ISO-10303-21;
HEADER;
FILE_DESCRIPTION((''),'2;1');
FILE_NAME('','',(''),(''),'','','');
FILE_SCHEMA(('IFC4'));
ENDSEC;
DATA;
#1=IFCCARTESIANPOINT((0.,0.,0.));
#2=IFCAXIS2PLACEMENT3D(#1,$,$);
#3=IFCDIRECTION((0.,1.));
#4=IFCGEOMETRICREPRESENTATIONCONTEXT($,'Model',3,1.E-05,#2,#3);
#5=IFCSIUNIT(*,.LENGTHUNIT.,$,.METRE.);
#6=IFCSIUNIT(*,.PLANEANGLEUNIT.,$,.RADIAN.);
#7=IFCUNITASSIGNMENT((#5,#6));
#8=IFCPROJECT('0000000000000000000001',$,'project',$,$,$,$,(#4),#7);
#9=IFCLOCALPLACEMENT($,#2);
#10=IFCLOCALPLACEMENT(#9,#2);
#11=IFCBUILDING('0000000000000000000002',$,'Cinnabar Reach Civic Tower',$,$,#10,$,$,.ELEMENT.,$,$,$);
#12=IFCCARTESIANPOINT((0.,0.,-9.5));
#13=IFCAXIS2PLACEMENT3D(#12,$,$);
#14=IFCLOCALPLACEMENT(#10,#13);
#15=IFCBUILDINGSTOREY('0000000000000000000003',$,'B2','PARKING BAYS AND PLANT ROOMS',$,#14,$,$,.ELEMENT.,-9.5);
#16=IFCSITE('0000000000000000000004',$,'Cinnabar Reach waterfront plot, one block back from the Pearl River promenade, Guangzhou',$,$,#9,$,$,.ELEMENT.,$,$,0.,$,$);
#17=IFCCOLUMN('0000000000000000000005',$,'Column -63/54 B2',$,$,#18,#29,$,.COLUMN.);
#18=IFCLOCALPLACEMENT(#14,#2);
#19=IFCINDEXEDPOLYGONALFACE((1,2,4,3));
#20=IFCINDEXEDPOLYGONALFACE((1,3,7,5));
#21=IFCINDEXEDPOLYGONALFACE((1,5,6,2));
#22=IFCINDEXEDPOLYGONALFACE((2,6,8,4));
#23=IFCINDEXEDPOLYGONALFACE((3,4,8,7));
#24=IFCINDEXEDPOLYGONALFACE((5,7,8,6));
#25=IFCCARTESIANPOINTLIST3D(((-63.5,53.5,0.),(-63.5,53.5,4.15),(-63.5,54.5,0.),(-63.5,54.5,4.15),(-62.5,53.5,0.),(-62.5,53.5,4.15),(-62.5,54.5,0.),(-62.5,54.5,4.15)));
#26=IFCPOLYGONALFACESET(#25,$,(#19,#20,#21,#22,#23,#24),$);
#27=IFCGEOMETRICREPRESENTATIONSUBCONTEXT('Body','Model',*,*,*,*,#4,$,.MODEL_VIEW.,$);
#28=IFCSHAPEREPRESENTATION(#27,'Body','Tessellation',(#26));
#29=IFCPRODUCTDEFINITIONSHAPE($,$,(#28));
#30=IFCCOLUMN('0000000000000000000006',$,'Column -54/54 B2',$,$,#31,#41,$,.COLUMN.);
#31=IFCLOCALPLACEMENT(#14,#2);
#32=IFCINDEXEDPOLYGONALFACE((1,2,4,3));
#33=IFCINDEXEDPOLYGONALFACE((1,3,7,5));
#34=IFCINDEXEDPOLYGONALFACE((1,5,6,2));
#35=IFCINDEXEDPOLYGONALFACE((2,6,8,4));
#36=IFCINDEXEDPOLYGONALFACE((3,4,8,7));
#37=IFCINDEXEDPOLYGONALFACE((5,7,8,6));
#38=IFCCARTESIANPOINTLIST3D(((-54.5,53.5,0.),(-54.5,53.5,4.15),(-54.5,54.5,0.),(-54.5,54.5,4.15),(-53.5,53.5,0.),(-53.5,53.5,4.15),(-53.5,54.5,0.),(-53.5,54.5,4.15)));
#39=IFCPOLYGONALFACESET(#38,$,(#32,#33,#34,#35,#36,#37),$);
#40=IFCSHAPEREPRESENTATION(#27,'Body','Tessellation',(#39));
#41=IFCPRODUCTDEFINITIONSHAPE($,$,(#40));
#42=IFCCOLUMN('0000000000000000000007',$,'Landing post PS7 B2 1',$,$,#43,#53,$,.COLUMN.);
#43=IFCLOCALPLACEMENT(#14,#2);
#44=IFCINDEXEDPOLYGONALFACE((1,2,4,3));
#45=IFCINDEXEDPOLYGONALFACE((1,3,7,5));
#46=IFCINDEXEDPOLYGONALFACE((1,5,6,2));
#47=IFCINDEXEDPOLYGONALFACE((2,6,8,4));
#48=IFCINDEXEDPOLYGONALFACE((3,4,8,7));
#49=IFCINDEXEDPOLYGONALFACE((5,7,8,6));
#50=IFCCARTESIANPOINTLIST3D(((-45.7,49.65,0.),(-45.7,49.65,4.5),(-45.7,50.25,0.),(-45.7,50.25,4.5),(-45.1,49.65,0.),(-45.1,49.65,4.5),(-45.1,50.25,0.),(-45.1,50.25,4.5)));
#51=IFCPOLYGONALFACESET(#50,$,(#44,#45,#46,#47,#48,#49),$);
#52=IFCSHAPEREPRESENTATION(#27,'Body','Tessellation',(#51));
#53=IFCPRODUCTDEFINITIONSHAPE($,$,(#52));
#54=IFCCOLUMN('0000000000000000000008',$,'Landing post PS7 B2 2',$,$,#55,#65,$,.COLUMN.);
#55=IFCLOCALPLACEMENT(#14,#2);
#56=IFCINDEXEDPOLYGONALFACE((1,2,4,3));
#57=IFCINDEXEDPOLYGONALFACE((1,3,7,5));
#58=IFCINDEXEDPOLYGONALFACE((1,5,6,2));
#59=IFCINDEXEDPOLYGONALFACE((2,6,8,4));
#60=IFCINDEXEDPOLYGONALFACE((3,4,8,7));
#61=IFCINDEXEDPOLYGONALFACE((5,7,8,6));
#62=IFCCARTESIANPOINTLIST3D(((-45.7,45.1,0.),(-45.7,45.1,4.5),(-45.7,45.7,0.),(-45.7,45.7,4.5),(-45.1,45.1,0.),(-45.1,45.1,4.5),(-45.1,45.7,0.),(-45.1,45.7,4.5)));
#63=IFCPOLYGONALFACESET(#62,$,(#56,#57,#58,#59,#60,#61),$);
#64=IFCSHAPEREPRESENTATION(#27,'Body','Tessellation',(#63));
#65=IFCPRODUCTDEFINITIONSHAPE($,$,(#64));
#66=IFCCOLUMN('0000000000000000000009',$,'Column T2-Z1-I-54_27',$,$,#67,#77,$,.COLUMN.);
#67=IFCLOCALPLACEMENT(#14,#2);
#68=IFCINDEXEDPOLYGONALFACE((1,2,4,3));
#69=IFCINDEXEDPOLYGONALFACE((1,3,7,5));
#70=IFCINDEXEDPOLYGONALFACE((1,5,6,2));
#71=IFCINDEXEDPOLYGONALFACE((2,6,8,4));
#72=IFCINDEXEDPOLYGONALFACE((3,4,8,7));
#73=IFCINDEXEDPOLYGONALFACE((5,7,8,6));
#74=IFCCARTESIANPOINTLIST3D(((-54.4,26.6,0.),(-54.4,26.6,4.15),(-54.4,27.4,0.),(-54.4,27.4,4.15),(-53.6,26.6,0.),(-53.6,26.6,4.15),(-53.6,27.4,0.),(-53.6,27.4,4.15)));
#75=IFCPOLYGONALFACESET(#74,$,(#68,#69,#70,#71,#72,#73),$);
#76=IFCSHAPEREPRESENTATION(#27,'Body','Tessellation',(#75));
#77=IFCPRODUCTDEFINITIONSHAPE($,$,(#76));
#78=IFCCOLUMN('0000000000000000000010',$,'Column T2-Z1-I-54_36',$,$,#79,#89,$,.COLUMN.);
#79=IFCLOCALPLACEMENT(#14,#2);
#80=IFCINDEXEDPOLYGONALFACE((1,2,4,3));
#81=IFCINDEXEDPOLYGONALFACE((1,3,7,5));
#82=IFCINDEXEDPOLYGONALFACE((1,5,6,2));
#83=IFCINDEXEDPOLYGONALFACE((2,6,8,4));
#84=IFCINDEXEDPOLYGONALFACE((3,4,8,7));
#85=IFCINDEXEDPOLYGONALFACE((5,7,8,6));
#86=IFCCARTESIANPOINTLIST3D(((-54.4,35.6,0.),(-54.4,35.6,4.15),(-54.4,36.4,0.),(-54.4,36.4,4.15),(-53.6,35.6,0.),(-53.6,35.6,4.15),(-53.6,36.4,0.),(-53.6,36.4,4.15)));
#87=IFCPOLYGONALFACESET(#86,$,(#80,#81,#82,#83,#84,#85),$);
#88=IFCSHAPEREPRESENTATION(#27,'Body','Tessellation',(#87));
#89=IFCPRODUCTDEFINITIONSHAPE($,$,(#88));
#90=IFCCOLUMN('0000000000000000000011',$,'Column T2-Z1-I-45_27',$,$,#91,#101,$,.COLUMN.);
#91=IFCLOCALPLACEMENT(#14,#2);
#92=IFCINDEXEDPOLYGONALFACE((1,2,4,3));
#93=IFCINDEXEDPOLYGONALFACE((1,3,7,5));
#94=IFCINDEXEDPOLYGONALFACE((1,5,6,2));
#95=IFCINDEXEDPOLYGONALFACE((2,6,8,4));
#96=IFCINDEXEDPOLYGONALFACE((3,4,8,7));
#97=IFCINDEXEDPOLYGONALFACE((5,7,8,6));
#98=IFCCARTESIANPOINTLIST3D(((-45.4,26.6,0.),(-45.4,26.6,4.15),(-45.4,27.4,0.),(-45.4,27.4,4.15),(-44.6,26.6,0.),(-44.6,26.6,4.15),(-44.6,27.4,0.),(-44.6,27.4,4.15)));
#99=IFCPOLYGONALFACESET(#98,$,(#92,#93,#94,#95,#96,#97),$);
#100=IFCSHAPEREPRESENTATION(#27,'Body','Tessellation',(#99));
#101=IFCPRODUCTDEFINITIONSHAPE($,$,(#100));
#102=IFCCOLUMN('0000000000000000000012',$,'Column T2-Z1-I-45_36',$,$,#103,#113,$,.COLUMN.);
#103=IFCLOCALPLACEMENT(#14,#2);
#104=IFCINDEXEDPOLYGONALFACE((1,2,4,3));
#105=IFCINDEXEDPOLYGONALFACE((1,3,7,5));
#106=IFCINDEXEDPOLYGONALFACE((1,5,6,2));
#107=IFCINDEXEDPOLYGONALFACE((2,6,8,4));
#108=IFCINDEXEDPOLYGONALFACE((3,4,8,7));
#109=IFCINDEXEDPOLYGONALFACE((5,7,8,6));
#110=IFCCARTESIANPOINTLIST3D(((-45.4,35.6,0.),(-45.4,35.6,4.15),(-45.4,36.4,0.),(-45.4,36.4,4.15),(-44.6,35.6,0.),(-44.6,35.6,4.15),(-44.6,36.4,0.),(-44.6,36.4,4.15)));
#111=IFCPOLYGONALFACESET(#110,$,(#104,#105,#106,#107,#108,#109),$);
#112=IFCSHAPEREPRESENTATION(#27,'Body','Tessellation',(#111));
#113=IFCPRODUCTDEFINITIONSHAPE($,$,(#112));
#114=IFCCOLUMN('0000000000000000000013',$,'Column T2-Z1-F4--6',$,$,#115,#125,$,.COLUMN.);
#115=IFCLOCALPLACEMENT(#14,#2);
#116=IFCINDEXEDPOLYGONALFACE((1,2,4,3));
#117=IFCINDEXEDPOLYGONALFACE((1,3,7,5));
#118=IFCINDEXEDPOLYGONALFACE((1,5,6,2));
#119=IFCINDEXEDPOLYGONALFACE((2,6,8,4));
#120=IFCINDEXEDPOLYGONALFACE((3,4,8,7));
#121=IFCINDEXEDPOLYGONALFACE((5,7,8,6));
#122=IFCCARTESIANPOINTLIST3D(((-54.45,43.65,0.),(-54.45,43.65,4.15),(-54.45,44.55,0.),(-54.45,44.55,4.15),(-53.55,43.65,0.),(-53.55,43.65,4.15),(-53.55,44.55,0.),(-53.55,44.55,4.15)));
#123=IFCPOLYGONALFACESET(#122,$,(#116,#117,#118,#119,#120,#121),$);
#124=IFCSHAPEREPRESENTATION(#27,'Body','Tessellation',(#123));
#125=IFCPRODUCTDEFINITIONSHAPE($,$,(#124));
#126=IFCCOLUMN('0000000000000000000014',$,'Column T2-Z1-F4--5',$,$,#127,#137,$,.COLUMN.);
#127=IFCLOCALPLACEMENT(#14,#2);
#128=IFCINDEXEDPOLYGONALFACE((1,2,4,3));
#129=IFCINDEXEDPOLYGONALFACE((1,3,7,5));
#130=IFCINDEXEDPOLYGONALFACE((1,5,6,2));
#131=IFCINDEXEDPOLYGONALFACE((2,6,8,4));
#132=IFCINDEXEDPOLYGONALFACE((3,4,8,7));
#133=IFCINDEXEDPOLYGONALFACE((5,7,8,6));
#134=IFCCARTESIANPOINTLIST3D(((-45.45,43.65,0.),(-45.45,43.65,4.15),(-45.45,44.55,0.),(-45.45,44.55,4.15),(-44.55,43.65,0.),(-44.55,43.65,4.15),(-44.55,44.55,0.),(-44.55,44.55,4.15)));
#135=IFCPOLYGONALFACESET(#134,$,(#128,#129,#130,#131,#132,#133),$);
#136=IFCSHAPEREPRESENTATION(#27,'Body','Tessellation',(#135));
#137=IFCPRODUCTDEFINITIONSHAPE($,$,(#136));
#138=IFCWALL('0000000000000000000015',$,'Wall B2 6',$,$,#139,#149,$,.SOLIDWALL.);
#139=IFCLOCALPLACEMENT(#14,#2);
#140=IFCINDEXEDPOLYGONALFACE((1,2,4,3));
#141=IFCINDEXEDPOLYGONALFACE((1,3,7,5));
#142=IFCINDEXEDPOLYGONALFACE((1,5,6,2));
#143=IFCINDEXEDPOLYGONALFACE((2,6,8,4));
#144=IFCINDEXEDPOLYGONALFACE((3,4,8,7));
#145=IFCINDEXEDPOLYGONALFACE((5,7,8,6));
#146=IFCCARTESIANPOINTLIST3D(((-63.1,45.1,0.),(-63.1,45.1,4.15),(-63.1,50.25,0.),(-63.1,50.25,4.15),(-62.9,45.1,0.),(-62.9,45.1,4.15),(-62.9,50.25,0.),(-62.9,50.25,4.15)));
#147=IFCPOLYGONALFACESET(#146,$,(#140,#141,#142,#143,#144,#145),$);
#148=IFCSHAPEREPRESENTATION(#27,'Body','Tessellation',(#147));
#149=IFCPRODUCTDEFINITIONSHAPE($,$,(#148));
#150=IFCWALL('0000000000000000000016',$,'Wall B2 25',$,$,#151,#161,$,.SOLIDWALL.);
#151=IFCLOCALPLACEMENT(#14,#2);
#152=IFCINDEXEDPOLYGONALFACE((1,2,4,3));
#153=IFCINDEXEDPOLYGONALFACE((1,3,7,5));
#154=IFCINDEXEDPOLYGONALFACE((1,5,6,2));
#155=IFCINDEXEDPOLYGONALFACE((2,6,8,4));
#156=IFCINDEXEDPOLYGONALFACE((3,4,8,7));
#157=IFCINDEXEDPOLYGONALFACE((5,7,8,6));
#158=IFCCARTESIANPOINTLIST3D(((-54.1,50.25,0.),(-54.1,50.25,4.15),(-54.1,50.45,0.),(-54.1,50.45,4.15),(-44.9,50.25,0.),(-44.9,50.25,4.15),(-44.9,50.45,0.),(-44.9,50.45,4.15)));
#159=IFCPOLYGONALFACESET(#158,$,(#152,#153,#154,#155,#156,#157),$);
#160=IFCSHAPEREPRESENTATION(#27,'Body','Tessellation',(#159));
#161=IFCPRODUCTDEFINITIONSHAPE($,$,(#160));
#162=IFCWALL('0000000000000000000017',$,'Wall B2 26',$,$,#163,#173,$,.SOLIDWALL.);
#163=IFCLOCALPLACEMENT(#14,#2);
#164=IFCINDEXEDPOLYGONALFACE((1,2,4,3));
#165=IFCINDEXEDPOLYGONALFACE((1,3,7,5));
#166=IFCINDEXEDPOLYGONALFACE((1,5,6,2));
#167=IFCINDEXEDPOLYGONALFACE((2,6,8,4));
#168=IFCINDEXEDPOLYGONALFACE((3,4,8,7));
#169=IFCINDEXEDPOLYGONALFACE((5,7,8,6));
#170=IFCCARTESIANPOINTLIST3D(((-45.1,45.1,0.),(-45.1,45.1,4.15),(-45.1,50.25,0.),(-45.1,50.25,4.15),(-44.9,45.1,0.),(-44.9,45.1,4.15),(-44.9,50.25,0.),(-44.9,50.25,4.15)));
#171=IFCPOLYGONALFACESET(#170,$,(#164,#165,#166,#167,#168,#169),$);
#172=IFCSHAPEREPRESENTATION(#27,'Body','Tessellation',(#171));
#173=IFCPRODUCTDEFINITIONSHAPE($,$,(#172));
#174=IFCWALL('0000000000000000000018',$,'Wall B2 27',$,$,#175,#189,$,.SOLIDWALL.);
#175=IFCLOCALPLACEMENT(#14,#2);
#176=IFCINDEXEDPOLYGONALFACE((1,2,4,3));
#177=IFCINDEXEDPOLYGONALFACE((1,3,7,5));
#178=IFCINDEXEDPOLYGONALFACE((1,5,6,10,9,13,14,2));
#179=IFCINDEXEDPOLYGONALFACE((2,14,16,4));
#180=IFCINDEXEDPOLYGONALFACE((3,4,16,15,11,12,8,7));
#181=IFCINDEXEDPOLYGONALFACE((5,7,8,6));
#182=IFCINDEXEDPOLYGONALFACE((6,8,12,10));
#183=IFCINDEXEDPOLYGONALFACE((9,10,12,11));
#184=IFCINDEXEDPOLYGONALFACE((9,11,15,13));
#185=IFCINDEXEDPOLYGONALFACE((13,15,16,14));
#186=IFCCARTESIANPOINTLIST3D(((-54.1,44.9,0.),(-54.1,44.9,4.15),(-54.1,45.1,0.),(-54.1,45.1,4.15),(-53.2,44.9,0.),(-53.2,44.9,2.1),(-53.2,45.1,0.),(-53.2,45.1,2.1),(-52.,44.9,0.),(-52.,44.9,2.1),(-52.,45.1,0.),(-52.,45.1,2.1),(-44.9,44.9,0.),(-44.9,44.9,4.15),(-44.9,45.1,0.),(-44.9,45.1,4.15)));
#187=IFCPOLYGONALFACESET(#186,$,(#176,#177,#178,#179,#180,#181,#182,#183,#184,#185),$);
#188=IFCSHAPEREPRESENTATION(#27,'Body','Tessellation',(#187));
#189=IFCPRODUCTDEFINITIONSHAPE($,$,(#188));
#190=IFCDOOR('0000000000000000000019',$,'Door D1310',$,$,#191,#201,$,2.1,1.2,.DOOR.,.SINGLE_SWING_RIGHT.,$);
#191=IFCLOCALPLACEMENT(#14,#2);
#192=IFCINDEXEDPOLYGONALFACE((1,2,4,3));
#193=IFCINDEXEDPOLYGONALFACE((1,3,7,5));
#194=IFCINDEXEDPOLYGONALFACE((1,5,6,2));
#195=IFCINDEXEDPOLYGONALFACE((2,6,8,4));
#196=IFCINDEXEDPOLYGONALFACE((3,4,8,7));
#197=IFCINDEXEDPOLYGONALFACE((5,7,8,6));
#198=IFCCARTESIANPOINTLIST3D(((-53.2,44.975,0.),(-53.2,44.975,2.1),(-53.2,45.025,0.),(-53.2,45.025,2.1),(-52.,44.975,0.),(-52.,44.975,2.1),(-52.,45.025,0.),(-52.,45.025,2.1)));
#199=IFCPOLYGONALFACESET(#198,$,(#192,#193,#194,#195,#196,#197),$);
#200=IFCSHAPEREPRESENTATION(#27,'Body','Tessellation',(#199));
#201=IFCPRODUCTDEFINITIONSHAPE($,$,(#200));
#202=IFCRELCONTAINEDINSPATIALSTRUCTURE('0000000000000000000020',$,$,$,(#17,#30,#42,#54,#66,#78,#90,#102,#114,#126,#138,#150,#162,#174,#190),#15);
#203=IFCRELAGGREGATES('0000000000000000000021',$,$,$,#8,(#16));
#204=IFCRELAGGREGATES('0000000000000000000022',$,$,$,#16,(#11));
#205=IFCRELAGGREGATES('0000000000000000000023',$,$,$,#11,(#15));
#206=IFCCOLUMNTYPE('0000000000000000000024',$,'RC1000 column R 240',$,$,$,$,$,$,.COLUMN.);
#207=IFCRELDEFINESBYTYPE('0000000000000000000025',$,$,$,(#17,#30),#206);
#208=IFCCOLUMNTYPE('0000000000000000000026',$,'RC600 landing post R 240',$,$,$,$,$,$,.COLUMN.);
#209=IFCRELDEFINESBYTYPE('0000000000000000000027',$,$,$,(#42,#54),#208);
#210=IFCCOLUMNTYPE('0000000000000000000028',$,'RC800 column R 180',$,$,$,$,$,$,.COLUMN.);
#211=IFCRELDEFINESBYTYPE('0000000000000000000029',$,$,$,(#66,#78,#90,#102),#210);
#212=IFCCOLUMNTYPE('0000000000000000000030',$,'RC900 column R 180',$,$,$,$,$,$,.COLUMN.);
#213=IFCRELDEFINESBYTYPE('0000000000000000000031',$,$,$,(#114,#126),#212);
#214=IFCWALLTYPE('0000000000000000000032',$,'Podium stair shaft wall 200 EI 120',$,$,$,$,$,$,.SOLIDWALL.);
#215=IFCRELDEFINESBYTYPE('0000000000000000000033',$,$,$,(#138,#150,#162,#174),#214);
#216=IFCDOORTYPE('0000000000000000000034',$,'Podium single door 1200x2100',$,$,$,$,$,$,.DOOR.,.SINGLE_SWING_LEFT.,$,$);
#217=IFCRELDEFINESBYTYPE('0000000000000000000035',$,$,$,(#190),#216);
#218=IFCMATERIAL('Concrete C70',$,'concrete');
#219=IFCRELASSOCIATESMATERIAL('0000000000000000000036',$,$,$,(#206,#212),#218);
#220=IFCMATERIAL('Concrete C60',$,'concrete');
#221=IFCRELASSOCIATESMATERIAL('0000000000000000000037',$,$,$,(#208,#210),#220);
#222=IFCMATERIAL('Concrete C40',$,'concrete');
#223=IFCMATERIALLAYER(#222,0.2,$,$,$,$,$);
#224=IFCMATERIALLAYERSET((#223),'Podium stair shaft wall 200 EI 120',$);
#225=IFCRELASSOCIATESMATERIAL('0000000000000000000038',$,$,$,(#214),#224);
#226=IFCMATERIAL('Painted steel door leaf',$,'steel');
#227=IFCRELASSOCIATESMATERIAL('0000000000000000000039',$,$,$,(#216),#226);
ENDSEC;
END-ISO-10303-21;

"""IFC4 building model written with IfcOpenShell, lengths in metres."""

from ifc_helpers import new_model, si_unit, direction, frame, frame_2d, origin, origin_2d, place, context, subcontext, project, spatial, rectangle, extrude, material, layer, layer_set, material_profile, profile_set, type_object, element, fill, save


model = new_model("IFC4")

# Units and contexts
model_context = context("Model", 3, precision=1e-05, world=origin(), true_north=direction((0.0, 1.0)))
body_context = subcontext(model_context, "Body", "Model", "MODEL_VIEW")
ifc_project = project(units=[si_unit("LENGTHUNIT", "METRE"), si_unit("PLANEANGLEUNIT", "RADIAN")], contexts=[model_context])

# Site, building, storey
site_placement = place(None, origin())
site = spatial("IfcSite", under=ifc_project, at=site_placement, Name="Cinnabar Reach waterfront plot, one block back from the Pearl River promenade, Guangzhou", CompositionType="ELEMENT", RefElevation=0.0)
building_placement = place(site_placement, origin())
building = spatial("IfcBuilding", under=site, at=building_placement, Name="Cinnabar Reach Civic Tower", CompositionType="ELEMENT")
storey_placement = place(building_placement, frame((0.0, 0.0, -9.5)))
storey = spatial("IfcBuildingStorey", under=building, at=storey_placement, Name="B2", Description="PARKING BAYS AND PLANT ROOMS", CompositionType="ELEMENT", Elevation=-9.5)

# Columns
ifc_material_1 = material(Name="Concrete C70", Category="concrete")
ifc_material_profile_1 = material_profile(ifc_material_1, rectangle(XDim=1.0, YDim=1.0, at=origin_2d()), Name="RC1000")
ifc_profile_set_1 = profile_set([ifc_material_profile_1], Name="Concrete C70")
column_type_1 = type_object("IfcColumnType", Name="RC1000 column R 240", PredefinedType="COLUMN", material=ifc_profile_set_1)
for number, where, z_axis, x_axis, name in (
    (1, (-63.0, 54.0, 0.0), (0.0, 0.0, 1.0), (1.0, 0.0, 0.0), "Column -63/54 B2"),
    (2, (-54.0, 54.0, 0.0), (0.0, 0.0, 1.0), (1.0, 0.0, 0.0), "Column -54/54 B2"),
):
    element("IfcColumn", number, at=place(storey_placement, frame(where, z_axis=z_axis, x_axis=x_axis)), inside=storey, type_object=column_type_1, Name=name, PredefinedType="COLUMN", context=body_context, shape_type="SweptSolid", body=[
        extrude(rectangle(XDim=1.0, YDim=1.0, at=origin_2d()), origin(), (0.0, 0.0, 1.0), 4.15),
    ])
ifc_material_2 = material(Name="Concrete C60", Category="concrete")
ifc_material_profile_2 = material_profile(ifc_material_2, rectangle(XDim=0.6, YDim=0.6, at=origin_2d()), Name="RC600")
ifc_profile_set_2 = profile_set([ifc_material_profile_2], Name="Concrete C60")
column_type_2 = type_object("IfcColumnType", Name="RC600 landing post R 240", PredefinedType="COLUMN", material=ifc_profile_set_2)
for number, where, z_axis, x_axis, name in (
    (3, (-45.4, 49.95, 0.0), (0.0, 0.0, 1.0), (1.0, 0.0, 0.0), "Landing post PS7 B2 1"),
    (4, (-45.4, 45.4, 0.0), (0.0, 0.0, 1.0), (1.0, 0.0, 0.0), "Landing post PS7 B2 2"),
):
    element("IfcColumn", number, at=place(storey_placement, frame(where, z_axis=z_axis, x_axis=x_axis)), inside=storey, type_object=column_type_2, Name=name, PredefinedType="COLUMN", context=body_context, shape_type="SweptSolid", body=[
        extrude(rectangle(XDim=0.6, YDim=0.6, at=origin_2d()), origin(), (0.0, 0.0, 1.0), 4.5),
    ])
ifc_material_profile_3 = material_profile(ifc_material_2, rectangle(XDim=0.8, YDim=0.8, at=origin_2d()), Name="RC800")
ifc_profile_set_3 = profile_set([ifc_material_profile_3], Name="Concrete C60")
column_type_3 = type_object("IfcColumnType", Name="RC800 column R 180", PredefinedType="COLUMN", material=ifc_profile_set_3)
for number, where, z_axis, x_axis, name in (
    (5, (-54.0, 27.0, 0.0), (0.0, 0.0, 1.0), (1.0, 0.0, 0.0), "Column T2-Z1-I-54_27"),
    (6, (-54.0, 36.0, 0.0), (0.0, 0.0, 1.0), (1.0, 0.0, 0.0), "Column T2-Z1-I-54_36"),
    (7, (-45.0, 27.0, 0.0), (0.0, 0.0, 1.0), (1.0, 0.0, 0.0), "Column T2-Z1-I-45_27"),
    (8, (-45.0, 36.0, 0.0), (0.0, 0.0, 1.0), (1.0, 0.0, 0.0), "Column T2-Z1-I-45_36"),
):
    element("IfcColumn", number, at=place(storey_placement, frame(where, z_axis=z_axis, x_axis=x_axis)), inside=storey, type_object=column_type_3, Name=name, PredefinedType="COLUMN", context=body_context, shape_type="SweptSolid", body=[
        extrude(rectangle(XDim=0.8, YDim=0.8, at=origin_2d()), origin(), (0.0, 0.0, 1.0), 4.15),
    ])
ifc_material_profile_4 = material_profile(ifc_material_1, rectangle(XDim=0.9, YDim=0.9, at=origin_2d()), Name="RC900")
ifc_profile_set_4 = profile_set([ifc_material_profile_4], Name="Concrete C70")
column_type_4 = type_object("IfcColumnType", Name="RC900 column R 180", PredefinedType="COLUMN", material=ifc_profile_set_4)
for number, where, z_axis, x_axis, name in (
    (9, (-54.0, 44.1, 0.0), (0.0, 0.0, 1.0), (1.0, 0.0, 0.0), "Column T2-Z1-F4--6"),
    (10, (-45.0, 44.1, 0.0), (0.0, 0.0, 1.0), (1.0, 0.0, 0.0), "Column T2-Z1-F4--5"),
):
    element("IfcColumn", number, at=place(storey_placement, frame(where, z_axis=z_axis, x_axis=x_axis)), inside=storey, type_object=column_type_4, Name=name, PredefinedType="COLUMN", context=body_context, shape_type="SweptSolid", body=[
        extrude(rectangle(XDim=0.9, YDim=0.9, at=origin_2d()), origin(), (0.0, 0.0, 1.0), 4.15),
    ])

# Walls
ifc_material_3 = material(Name="Concrete C40", Category="concrete")
ifc_layer_1 = layer(ifc_material_3, 0.2)
ifc_layer_set_1 = layer_set([ifc_layer_1], Name="Podium stair shaft wall 200 EI 120")
wall_type_1 = type_object("IfcWallType", Name="Podium stair shaft wall 200 EI 120", PredefinedType="SOLIDWALL", material=ifc_layer_set_1)
wall_1_placement = place(storey_placement, frame((-63.0, 45.1, 0.0), z_axis=(0.0, 0.0, 1.0), x_axis=(0.0, 1.0, 0.0)))
element("IfcWall", 11, at=wall_1_placement, inside=storey, type_object=wall_type_1, Name="Wall B2 6", PredefinedType="SOLIDWALL", context=body_context, shape_type="SweptSolid", body=[
    extrude(rectangle(XDim=5.15, YDim=0.2, at=frame_2d((2.575, 0.0))), origin(), (0.0, 0.0, 1.0), 4.15),
])
wall_2_placement = place(storey_placement, frame((-54.1, 50.35, 0.0), z_axis=(0.0, 0.0, 1.0), x_axis=(1.0, 0.0, 0.0)))
element("IfcWall", 12, at=wall_2_placement, inside=storey, type_object=wall_type_1, Name="Wall B2 25", PredefinedType="SOLIDWALL", context=body_context, shape_type="SweptSolid", body=[
    extrude(rectangle(XDim=9.2, YDim=0.2, at=frame_2d((4.6, 0.0))), origin(), (0.0, 0.0, 1.0), 4.15),
])
wall_3_placement = place(storey_placement, frame((-45.0, 45.1, 0.0), z_axis=(0.0, 0.0, 1.0), x_axis=(0.0, 1.0, 0.0)))
element("IfcWall", 13, at=wall_3_placement, inside=storey, type_object=wall_type_1, Name="Wall B2 26", PredefinedType="SOLIDWALL", context=body_context, shape_type="SweptSolid", body=[
    extrude(rectangle(XDim=5.15, YDim=0.2, at=frame_2d((2.575, 0.0))), origin(), (0.0, 0.0, 1.0), 4.15),
])

# Wall, opening, door
wall_4_placement = place(storey_placement, frame((-54.1, 45.0, 0.0), z_axis=(0.0, 0.0, 1.0), x_axis=(1.0, 0.0, 0.0)))
wall_4 = element("IfcWall", 14, at=wall_4_placement, inside=storey, type_object=wall_type_1, Name="Wall B2 27", PredefinedType="SOLIDWALL", context=body_context, shape_type="SweptSolid", body=[
    extrude(rectangle(XDim=9.2, YDim=0.2, at=frame_2d((4.6, 0.0))), origin(), (0.0, 0.0, 1.0), 4.15),
])
opening_placement = place(wall_4_placement, frame((0.9, 0.0, 0.0)))
opening = element("IfcOpeningElement", 15, at=opening_placement, cuts=wall_4, PredefinedType="OPENING", context=body_context, shape_type="SweptSolid", body=[
    extrude(rectangle(XDim=1.2, YDim=2.1, at=frame_2d((0.6, 1.05))), frame((0.0, 0.11, 0.0), z_axis=(0.0, -1.0, 0.0), x_axis=(1.0, 0.0, 0.0)), (0.0, 0.0, 1.0), 0.22),
])
ifc_material_4 = material(Name="Painted steel door leaf", Category="steel")
door_type = type_object("IfcDoorType", Name="Podium single door 1200x2100", OperationType="SINGLE_SWING_LEFT", PredefinedType="DOOR", material=ifc_material_4)
door_placement = place(opening_placement, origin())
door = element("IfcDoor", 16, at=door_placement, inside=storey, type_object=door_type, Name="Door D1310", OperationType="SINGLE_SWING_RIGHT", OverallHeight=2.1, OverallWidth=1.2, PredefinedType="DOOR", context=body_context, shape_type="SweptSolid", body=[
    extrude(rectangle(XDim=1.2, YDim=2.1, at=frame_2d((0.6, 1.05))), frame((0.0, 0.025, 0.0), z_axis=(0.0, -1.0, 0.0), x_axis=(1.0, 0.0, 0.0)), (0.0, 0.0, 1.0), 0.05),
])
fill(opening, door)

save(model, "model.ifc")
